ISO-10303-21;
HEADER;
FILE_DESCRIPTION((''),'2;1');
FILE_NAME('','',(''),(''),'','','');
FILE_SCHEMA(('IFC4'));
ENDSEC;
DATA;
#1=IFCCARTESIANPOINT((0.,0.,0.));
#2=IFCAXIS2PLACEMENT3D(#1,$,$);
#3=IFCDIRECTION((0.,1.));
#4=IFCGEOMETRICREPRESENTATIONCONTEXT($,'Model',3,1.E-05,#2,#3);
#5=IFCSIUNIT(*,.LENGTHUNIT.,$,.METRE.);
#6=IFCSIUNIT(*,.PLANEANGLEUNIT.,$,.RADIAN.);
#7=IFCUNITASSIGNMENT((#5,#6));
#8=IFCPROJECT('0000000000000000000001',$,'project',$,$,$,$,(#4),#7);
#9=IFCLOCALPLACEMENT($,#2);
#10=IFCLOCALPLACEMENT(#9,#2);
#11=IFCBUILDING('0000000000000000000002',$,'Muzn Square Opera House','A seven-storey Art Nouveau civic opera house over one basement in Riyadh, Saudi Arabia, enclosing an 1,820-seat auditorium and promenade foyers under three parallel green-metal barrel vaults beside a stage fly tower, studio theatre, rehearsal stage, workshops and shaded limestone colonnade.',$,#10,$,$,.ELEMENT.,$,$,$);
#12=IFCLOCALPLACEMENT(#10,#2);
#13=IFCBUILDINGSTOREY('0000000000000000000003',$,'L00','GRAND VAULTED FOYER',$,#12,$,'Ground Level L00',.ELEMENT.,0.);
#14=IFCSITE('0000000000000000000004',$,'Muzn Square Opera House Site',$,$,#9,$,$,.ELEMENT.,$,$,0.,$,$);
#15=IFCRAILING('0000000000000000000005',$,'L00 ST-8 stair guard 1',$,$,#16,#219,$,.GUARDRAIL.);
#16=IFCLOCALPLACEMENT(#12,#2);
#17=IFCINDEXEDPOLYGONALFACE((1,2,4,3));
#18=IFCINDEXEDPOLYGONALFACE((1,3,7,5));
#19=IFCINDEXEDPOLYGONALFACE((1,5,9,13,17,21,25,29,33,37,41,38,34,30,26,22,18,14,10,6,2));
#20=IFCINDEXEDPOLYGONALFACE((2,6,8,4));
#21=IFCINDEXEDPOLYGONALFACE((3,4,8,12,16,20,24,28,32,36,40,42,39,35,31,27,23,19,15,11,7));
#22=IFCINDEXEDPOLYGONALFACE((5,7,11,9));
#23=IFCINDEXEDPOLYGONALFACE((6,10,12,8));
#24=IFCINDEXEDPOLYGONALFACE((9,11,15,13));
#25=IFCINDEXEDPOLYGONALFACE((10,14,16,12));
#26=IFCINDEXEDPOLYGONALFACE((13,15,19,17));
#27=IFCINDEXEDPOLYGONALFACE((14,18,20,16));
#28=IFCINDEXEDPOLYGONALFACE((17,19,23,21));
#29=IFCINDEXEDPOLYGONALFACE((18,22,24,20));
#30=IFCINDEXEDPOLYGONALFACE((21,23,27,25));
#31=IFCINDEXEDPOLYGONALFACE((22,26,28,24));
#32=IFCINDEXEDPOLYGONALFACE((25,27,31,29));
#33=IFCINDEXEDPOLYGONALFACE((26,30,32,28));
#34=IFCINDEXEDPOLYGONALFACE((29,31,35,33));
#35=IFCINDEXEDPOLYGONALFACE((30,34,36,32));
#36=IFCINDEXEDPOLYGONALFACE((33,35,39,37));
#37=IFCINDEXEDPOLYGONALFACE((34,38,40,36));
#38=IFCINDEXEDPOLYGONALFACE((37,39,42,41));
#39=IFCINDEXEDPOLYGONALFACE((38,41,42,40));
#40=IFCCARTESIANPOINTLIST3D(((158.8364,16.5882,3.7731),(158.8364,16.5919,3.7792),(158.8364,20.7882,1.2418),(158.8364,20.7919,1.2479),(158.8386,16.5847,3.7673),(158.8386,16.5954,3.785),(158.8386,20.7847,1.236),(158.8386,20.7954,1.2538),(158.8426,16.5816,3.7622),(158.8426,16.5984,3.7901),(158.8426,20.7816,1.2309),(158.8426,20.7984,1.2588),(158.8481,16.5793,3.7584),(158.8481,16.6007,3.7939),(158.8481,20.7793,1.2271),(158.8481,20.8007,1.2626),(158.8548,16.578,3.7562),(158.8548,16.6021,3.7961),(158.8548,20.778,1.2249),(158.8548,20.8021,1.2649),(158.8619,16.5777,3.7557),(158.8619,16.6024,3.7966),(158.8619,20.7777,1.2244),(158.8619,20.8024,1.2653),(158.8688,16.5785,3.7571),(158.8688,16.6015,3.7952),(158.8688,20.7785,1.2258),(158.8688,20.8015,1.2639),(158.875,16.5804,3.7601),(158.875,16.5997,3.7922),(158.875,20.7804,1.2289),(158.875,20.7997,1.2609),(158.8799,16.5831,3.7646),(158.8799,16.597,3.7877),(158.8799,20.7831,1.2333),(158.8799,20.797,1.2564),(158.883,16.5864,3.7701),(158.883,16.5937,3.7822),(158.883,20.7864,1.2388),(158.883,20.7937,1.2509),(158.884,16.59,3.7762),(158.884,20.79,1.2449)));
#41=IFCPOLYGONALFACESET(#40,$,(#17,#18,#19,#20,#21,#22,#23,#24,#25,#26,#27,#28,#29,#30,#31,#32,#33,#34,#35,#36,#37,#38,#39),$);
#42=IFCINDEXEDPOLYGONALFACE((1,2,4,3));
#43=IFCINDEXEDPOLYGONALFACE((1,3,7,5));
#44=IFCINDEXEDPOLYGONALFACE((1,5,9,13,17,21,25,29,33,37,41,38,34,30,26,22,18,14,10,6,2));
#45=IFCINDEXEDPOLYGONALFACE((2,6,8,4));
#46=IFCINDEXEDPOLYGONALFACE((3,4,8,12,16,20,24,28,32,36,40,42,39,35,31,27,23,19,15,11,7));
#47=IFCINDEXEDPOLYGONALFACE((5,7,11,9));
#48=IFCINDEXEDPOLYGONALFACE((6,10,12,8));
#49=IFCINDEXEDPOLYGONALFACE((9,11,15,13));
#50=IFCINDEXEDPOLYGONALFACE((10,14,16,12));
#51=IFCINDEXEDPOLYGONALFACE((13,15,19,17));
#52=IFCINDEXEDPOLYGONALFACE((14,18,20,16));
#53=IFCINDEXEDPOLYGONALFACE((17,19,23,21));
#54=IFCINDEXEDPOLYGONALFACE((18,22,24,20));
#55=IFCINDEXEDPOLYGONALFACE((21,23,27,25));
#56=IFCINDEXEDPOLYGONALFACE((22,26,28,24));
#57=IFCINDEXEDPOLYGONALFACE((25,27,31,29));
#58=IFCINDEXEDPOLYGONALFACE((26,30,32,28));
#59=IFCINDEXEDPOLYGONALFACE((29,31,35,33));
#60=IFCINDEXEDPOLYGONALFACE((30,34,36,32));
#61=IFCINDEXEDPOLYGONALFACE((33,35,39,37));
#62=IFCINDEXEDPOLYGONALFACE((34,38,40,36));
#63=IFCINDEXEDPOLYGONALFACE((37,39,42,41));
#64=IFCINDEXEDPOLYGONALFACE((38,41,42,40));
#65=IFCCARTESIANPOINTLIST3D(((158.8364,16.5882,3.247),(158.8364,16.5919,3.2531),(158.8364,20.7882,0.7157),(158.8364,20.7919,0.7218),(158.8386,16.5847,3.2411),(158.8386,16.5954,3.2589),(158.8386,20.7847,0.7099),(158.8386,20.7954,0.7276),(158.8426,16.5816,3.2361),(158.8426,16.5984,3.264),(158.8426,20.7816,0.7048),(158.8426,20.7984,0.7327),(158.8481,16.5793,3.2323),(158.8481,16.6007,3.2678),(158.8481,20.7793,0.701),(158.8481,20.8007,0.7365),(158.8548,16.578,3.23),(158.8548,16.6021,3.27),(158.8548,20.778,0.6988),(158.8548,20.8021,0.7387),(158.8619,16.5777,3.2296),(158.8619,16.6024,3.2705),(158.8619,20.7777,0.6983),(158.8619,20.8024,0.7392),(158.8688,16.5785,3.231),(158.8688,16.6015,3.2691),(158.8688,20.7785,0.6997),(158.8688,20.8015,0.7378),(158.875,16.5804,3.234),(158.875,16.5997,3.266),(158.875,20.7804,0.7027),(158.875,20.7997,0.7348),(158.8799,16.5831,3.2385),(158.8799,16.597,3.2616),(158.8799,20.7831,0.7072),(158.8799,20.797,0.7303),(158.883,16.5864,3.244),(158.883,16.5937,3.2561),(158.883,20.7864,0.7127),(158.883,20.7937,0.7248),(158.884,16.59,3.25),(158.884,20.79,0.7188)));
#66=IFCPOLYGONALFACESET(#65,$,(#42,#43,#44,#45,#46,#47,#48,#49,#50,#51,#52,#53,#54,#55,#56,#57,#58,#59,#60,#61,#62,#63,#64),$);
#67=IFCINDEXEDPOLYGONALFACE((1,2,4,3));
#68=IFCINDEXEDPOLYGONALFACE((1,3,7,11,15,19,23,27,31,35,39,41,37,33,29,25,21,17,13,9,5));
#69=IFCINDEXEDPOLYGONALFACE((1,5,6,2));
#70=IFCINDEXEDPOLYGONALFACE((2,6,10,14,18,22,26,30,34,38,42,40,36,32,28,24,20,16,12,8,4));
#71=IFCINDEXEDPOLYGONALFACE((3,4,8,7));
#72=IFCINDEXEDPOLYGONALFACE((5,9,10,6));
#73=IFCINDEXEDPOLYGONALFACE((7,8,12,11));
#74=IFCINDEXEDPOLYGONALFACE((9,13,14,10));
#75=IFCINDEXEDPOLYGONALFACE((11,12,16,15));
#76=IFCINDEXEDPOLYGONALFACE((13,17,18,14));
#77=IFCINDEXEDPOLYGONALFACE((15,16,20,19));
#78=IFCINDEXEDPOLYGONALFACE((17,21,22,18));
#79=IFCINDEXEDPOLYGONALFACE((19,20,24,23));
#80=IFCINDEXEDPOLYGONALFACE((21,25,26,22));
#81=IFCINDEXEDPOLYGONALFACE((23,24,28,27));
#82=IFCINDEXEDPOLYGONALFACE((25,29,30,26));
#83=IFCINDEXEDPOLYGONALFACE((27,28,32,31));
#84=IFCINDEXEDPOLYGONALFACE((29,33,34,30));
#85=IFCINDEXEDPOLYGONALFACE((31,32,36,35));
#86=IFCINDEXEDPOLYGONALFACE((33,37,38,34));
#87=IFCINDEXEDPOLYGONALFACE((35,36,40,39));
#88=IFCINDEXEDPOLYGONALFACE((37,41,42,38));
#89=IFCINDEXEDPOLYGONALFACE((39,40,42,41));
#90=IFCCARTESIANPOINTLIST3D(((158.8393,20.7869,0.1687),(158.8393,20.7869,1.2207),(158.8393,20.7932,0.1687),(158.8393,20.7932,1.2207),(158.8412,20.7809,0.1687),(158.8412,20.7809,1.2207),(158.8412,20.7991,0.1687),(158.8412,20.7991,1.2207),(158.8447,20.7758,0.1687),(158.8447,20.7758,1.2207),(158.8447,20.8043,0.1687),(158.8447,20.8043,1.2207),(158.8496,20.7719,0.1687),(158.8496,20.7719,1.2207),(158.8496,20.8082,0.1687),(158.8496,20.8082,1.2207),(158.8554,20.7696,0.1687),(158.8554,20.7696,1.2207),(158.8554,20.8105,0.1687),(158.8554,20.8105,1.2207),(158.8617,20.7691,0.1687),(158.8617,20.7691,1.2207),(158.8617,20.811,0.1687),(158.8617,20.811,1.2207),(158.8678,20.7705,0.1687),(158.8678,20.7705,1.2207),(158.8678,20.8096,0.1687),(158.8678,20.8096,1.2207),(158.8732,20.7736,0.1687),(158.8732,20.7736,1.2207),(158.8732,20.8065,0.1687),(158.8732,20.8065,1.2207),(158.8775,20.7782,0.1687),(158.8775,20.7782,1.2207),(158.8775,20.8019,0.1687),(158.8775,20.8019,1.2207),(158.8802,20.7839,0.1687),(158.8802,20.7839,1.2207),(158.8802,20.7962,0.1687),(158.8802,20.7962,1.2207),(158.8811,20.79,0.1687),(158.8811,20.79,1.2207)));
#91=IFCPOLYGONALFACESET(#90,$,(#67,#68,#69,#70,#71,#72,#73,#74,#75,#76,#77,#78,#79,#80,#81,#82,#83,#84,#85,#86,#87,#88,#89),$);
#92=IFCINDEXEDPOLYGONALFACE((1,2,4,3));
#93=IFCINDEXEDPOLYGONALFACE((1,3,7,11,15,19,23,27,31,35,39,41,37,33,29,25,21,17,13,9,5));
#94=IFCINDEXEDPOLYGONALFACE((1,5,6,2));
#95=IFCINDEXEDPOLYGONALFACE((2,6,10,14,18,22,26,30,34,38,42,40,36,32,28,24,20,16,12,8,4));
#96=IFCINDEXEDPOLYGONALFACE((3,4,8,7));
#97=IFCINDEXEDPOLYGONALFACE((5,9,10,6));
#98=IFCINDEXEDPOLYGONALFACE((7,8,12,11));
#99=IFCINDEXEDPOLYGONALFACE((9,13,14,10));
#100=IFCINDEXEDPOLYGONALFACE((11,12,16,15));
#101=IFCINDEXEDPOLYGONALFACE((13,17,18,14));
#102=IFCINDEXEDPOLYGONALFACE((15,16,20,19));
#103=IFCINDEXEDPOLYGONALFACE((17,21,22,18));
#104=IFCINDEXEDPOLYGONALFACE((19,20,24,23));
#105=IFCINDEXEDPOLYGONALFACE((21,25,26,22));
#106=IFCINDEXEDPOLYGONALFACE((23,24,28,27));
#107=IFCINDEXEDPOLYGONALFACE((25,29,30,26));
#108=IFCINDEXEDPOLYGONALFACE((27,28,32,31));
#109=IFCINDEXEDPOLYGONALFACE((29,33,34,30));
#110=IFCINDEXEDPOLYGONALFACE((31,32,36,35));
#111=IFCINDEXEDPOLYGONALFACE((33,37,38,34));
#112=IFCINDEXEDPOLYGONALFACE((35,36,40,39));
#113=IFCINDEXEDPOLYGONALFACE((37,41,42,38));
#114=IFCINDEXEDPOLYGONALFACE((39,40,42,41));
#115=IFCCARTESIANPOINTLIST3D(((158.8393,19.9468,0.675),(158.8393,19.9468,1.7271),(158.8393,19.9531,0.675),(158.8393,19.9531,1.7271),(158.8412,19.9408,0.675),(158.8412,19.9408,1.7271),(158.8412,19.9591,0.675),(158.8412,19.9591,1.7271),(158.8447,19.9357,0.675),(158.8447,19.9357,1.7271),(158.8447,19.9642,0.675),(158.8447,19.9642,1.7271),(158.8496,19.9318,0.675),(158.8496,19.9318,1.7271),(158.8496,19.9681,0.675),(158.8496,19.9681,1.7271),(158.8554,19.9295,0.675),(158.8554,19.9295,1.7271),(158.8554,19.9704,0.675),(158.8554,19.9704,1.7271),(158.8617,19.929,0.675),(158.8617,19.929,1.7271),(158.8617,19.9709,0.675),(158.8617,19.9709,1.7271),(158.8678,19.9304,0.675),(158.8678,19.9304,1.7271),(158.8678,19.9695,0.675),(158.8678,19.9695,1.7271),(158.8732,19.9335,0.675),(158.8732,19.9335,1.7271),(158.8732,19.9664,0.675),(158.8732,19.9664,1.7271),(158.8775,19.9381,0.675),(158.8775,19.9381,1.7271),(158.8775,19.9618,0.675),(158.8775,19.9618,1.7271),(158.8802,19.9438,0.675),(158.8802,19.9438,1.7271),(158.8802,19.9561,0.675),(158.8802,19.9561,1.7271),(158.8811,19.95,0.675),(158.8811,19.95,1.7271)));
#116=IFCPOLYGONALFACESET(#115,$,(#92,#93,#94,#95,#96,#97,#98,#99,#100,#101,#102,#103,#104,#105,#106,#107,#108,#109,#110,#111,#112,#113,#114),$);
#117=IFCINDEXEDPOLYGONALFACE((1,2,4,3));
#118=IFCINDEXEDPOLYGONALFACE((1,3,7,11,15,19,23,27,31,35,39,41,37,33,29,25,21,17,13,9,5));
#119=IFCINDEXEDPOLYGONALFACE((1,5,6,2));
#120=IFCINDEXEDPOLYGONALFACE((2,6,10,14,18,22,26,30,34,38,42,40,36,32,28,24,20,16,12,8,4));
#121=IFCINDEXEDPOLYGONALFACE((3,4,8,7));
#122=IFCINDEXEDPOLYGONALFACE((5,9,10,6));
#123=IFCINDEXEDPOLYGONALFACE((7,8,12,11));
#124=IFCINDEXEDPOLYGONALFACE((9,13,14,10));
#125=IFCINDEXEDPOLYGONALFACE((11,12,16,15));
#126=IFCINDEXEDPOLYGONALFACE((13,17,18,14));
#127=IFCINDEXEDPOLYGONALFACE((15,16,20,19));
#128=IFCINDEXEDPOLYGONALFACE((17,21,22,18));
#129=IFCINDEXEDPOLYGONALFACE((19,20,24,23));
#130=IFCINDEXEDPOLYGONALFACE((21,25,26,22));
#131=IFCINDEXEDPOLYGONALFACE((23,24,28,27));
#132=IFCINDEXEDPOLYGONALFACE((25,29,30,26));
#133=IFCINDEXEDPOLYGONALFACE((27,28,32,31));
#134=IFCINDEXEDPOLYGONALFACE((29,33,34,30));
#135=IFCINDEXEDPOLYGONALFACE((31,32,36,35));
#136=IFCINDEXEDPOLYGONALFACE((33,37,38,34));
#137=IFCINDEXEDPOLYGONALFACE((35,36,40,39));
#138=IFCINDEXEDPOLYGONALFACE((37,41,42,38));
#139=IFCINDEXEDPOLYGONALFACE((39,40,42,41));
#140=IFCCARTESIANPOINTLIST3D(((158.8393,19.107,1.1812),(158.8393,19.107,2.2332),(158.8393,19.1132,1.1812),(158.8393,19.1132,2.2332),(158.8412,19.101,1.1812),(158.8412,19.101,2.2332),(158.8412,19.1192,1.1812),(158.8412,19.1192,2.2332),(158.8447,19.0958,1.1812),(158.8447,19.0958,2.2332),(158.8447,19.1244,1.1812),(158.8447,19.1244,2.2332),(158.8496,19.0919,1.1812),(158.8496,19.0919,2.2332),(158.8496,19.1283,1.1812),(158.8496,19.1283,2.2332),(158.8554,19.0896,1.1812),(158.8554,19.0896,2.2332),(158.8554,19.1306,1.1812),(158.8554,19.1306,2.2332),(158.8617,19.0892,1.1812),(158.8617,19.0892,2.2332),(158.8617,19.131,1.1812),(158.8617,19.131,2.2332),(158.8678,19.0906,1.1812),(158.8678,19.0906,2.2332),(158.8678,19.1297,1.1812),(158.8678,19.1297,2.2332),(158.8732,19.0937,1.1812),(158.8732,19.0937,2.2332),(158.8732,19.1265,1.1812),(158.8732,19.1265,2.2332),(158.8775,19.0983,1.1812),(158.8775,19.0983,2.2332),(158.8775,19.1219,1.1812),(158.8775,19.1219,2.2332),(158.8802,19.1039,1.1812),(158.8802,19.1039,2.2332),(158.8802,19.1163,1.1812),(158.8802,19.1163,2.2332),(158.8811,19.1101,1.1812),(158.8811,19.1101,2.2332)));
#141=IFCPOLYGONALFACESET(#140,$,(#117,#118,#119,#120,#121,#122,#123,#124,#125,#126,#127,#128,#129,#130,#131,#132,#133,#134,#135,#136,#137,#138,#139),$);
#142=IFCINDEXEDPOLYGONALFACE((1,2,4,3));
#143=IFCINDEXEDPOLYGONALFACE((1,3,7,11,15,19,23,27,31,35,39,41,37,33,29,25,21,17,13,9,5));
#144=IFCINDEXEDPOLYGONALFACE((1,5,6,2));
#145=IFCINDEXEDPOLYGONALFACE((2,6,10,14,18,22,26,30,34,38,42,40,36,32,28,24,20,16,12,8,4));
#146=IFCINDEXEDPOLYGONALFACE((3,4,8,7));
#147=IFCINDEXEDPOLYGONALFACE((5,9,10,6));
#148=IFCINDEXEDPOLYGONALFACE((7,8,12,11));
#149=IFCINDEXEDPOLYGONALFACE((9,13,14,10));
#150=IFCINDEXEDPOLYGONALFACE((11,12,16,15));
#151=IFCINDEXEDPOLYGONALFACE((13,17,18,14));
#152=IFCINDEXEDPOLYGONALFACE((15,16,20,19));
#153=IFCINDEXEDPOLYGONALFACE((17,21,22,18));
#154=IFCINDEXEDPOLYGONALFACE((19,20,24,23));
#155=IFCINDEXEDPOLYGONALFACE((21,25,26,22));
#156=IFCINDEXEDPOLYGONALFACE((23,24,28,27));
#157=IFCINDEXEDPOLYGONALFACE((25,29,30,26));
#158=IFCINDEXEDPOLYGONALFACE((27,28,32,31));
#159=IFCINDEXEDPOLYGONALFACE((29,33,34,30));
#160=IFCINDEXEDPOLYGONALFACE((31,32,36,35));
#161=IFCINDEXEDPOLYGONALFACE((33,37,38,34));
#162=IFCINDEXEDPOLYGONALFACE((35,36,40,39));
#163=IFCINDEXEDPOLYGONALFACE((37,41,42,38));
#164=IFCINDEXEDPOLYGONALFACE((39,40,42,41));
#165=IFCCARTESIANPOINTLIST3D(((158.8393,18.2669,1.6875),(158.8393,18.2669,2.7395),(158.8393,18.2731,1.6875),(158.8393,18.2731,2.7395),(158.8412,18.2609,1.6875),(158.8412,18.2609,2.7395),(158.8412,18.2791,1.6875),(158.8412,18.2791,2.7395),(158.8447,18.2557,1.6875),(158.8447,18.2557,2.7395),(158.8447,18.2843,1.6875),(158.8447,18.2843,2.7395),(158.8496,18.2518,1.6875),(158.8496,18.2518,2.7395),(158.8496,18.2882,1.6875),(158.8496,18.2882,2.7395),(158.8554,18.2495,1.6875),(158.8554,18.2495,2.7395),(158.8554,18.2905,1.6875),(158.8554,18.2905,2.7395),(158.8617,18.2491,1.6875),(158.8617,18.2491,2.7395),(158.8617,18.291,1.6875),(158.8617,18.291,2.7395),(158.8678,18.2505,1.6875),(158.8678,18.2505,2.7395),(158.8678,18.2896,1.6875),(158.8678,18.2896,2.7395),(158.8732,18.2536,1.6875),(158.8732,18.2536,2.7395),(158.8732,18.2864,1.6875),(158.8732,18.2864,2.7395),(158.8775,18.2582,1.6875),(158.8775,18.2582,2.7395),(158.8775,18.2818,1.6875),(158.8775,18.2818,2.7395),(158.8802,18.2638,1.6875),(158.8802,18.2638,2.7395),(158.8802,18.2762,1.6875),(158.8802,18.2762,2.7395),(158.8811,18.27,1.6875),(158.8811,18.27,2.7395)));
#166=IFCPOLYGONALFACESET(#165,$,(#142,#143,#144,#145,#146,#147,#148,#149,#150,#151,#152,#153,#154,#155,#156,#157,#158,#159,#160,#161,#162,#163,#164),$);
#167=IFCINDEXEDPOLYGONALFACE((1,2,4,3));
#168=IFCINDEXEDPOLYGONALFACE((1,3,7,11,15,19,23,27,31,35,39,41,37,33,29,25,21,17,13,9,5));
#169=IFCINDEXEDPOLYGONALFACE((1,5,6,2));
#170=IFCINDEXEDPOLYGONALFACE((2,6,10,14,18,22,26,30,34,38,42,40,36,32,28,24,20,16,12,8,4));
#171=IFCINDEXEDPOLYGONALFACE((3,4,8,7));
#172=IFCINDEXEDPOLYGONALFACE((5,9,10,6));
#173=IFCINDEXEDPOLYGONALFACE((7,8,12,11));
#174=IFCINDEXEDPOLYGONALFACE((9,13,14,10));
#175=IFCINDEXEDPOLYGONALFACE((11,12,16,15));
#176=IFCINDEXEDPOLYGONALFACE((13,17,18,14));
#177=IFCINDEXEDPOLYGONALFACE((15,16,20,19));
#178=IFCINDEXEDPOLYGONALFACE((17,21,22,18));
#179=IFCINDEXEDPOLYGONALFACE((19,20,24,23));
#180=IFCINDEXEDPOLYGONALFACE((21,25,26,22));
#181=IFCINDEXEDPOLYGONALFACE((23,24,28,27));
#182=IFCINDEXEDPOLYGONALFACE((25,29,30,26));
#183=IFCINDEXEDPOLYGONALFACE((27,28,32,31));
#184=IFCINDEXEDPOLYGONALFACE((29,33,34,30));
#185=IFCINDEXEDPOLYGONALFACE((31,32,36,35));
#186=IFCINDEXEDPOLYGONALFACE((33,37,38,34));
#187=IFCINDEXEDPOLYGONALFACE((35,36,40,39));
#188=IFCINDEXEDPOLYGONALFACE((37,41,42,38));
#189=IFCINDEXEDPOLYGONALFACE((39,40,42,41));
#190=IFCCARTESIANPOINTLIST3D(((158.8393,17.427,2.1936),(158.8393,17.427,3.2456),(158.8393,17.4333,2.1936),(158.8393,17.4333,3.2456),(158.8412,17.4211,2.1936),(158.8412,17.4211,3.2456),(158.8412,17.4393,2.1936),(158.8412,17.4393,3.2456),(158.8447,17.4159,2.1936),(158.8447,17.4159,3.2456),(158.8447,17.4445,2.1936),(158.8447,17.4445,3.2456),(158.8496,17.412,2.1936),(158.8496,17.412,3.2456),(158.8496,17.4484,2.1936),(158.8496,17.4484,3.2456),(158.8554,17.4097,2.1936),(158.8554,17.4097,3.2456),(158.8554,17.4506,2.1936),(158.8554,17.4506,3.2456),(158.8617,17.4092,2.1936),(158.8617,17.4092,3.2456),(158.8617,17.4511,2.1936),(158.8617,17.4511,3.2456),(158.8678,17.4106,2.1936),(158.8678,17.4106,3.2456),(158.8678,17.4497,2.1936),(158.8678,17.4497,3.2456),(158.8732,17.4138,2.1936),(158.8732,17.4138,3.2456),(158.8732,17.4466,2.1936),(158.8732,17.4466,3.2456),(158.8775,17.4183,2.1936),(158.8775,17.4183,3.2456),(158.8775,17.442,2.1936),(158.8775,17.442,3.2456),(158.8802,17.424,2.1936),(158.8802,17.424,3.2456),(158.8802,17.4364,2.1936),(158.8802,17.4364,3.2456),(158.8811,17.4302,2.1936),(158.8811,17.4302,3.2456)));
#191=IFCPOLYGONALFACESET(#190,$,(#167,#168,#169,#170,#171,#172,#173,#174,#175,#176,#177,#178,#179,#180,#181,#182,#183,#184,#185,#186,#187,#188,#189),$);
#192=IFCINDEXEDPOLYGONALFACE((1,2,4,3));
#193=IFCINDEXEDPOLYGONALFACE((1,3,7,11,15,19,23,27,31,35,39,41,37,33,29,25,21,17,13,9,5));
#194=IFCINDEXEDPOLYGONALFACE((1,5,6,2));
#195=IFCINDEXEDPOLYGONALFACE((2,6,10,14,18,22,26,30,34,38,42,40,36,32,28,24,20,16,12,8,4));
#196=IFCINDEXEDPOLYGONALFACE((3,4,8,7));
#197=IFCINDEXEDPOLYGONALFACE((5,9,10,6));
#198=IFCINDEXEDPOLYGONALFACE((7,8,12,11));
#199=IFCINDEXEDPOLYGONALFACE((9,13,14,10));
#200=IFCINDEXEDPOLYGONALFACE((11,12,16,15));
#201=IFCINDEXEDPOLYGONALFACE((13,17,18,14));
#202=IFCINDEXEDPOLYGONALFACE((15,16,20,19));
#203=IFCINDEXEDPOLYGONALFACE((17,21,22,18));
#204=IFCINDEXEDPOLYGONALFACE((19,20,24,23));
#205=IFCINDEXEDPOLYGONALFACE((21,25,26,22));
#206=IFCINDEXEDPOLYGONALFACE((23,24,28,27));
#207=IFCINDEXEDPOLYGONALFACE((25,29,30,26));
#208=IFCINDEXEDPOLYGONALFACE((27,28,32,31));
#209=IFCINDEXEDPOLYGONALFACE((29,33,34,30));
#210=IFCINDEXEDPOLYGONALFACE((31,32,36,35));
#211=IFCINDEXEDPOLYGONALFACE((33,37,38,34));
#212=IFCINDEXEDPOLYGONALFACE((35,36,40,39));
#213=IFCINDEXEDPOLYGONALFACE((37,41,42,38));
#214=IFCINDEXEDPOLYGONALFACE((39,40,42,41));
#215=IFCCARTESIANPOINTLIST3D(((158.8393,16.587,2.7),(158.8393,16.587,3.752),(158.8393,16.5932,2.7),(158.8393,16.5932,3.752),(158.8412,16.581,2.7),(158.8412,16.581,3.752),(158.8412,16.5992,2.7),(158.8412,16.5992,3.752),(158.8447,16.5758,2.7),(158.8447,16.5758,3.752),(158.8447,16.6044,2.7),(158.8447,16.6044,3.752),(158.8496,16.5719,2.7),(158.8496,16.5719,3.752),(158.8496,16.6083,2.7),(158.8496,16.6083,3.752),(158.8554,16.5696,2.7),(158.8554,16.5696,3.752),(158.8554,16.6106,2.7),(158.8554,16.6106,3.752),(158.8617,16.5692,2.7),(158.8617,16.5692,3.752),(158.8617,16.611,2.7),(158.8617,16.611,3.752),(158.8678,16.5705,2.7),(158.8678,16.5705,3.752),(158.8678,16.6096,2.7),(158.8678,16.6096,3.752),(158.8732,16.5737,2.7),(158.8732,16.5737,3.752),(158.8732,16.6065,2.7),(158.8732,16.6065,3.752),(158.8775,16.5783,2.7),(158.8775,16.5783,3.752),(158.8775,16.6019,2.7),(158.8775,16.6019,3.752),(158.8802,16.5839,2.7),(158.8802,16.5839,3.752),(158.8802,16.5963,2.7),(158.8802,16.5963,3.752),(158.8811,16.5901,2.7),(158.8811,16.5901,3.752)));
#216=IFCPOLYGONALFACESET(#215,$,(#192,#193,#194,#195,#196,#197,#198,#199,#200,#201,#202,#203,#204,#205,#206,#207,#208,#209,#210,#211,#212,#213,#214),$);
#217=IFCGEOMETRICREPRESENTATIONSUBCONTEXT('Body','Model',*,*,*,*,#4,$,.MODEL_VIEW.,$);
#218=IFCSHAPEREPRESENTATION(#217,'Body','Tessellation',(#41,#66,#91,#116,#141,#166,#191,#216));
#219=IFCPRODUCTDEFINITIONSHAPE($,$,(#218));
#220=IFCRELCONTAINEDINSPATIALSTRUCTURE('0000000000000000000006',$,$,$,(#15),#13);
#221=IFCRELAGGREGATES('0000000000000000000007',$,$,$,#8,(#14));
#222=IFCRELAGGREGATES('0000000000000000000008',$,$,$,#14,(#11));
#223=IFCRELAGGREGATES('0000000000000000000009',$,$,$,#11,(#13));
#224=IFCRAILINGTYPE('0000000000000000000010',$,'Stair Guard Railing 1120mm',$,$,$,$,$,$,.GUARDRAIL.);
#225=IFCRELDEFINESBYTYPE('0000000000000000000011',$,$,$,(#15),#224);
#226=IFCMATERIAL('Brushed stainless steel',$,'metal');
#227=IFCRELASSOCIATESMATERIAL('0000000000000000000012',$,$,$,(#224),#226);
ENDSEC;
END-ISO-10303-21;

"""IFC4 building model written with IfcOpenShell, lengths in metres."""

from ifc_helpers import new_model, si_unit, direction, frame, origin, origin_2d, place, context, subcontext, project, spatial, circle, extrude, material, type_object, element, save


model = new_model("IFC4")

# Units and contexts
model_context = context("Model", 3, precision=1e-05, world=origin(), true_north=direction((0.0, 1.0)))
body_context = subcontext(model_context, "Body", "Model", "MODEL_VIEW")
ifc_project = project(units=[si_unit("LENGTHUNIT", "METRE"), si_unit("PLANEANGLEUNIT", "RADIAN")], contexts=[model_context])

# Site, building, storey
site_placement = place(None, origin())
site = spatial("IfcSite", under=ifc_project, at=site_placement, Name="Muzn Square Opera House Site", CompositionType="ELEMENT", RefElevation=0.0)
building_placement = place(site_placement, origin())
building = spatial("IfcBuilding", under=site, at=building_placement, Name="Muzn Square Opera House", Description="A seven-storey Art Nouveau civic opera house over one basement in Riyadh, Saudi Arabia, enclosing an 1,820-seat auditorium and promenade foyers under three parallel green-metal barrel vaults beside a stage fly tower, studio theatre, rehearsal stage, workshops and shaded limestone colonnade.", CompositionType="ELEMENT")
storey_placement = place(building_placement, origin())
storey = spatial("IfcBuildingStorey", under=building, at=storey_placement, Name="L00", Description="GRAND VAULTED FOYER", LongName="Ground Level L00", CompositionType="ELEMENT", Elevation=0.0)

# Railing
ifc_material_1 = material(Name="Brushed stainless steel", Category="metal")
railing_type_1 = type_object("IfcRailingType", Name="Stair Guard Railing 1120mm", PredefinedType="GUARDRAIL", material=ifc_material_1)
railing_1_placement = place(storey_placement, frame((158.8601, 20.79, 0.1687)))
element("IfcRailing", 1, at=railing_1_placement, inside=storey, type_object=railing_type_1, Name="L00 ST-8 stair guard 1", PredefinedType="GUARDRAIL", context=body_context, shape_type="SweptSolid", body=[
    extrude(circle(Radius=0.0239, at=origin_2d()), frame((0.0, 0.0, 1.0762), z_axis=(0.0, -0.856476, 0.516186), x_axis=(1.0, 0.0, 0.0)), (0.0, 0.0, 1.0), 4.9038),
    extrude(circle(Radius=0.0239, at=origin_2d()), frame((0.0, 0.0, 0.55), z_axis=(0.0, -0.856476, 0.516186), x_axis=(1.0, 0.0, 0.0)), (0.0, 0.0, 1.0), 4.9038),
    extrude(circle(Radius=0.021, at=origin_2d()), origin(), (0.0, 0.0, 1.0), 1.052),
    extrude(circle(Radius=0.021, at=origin_2d()), frame((0.0, -0.8401, 0.5063)), (0.0, 0.0, 1.0), 1.052),
    extrude(circle(Radius=0.021, at=origin_2d()), frame((0.0, -1.6799, 1.0125)), (0.0, 0.0, 1.0), 1.052),
    extrude(circle(Radius=0.021, at=origin_2d()), frame((0.0, -2.52, 1.5188)), (0.0, 0.0, 1.0), 1.052),
    extrude(circle(Radius=0.021, at=origin_2d()), frame((0.0, -3.3599, 2.0249)), (0.0, 0.0, 1.0), 1.052),
    extrude(circle(Radius=0.021, at=origin_2d()), frame((0.0, -4.2, 2.5312)), (0.0, 0.0, 1.0), 1.052),
])

save(model, "model.ifc")
